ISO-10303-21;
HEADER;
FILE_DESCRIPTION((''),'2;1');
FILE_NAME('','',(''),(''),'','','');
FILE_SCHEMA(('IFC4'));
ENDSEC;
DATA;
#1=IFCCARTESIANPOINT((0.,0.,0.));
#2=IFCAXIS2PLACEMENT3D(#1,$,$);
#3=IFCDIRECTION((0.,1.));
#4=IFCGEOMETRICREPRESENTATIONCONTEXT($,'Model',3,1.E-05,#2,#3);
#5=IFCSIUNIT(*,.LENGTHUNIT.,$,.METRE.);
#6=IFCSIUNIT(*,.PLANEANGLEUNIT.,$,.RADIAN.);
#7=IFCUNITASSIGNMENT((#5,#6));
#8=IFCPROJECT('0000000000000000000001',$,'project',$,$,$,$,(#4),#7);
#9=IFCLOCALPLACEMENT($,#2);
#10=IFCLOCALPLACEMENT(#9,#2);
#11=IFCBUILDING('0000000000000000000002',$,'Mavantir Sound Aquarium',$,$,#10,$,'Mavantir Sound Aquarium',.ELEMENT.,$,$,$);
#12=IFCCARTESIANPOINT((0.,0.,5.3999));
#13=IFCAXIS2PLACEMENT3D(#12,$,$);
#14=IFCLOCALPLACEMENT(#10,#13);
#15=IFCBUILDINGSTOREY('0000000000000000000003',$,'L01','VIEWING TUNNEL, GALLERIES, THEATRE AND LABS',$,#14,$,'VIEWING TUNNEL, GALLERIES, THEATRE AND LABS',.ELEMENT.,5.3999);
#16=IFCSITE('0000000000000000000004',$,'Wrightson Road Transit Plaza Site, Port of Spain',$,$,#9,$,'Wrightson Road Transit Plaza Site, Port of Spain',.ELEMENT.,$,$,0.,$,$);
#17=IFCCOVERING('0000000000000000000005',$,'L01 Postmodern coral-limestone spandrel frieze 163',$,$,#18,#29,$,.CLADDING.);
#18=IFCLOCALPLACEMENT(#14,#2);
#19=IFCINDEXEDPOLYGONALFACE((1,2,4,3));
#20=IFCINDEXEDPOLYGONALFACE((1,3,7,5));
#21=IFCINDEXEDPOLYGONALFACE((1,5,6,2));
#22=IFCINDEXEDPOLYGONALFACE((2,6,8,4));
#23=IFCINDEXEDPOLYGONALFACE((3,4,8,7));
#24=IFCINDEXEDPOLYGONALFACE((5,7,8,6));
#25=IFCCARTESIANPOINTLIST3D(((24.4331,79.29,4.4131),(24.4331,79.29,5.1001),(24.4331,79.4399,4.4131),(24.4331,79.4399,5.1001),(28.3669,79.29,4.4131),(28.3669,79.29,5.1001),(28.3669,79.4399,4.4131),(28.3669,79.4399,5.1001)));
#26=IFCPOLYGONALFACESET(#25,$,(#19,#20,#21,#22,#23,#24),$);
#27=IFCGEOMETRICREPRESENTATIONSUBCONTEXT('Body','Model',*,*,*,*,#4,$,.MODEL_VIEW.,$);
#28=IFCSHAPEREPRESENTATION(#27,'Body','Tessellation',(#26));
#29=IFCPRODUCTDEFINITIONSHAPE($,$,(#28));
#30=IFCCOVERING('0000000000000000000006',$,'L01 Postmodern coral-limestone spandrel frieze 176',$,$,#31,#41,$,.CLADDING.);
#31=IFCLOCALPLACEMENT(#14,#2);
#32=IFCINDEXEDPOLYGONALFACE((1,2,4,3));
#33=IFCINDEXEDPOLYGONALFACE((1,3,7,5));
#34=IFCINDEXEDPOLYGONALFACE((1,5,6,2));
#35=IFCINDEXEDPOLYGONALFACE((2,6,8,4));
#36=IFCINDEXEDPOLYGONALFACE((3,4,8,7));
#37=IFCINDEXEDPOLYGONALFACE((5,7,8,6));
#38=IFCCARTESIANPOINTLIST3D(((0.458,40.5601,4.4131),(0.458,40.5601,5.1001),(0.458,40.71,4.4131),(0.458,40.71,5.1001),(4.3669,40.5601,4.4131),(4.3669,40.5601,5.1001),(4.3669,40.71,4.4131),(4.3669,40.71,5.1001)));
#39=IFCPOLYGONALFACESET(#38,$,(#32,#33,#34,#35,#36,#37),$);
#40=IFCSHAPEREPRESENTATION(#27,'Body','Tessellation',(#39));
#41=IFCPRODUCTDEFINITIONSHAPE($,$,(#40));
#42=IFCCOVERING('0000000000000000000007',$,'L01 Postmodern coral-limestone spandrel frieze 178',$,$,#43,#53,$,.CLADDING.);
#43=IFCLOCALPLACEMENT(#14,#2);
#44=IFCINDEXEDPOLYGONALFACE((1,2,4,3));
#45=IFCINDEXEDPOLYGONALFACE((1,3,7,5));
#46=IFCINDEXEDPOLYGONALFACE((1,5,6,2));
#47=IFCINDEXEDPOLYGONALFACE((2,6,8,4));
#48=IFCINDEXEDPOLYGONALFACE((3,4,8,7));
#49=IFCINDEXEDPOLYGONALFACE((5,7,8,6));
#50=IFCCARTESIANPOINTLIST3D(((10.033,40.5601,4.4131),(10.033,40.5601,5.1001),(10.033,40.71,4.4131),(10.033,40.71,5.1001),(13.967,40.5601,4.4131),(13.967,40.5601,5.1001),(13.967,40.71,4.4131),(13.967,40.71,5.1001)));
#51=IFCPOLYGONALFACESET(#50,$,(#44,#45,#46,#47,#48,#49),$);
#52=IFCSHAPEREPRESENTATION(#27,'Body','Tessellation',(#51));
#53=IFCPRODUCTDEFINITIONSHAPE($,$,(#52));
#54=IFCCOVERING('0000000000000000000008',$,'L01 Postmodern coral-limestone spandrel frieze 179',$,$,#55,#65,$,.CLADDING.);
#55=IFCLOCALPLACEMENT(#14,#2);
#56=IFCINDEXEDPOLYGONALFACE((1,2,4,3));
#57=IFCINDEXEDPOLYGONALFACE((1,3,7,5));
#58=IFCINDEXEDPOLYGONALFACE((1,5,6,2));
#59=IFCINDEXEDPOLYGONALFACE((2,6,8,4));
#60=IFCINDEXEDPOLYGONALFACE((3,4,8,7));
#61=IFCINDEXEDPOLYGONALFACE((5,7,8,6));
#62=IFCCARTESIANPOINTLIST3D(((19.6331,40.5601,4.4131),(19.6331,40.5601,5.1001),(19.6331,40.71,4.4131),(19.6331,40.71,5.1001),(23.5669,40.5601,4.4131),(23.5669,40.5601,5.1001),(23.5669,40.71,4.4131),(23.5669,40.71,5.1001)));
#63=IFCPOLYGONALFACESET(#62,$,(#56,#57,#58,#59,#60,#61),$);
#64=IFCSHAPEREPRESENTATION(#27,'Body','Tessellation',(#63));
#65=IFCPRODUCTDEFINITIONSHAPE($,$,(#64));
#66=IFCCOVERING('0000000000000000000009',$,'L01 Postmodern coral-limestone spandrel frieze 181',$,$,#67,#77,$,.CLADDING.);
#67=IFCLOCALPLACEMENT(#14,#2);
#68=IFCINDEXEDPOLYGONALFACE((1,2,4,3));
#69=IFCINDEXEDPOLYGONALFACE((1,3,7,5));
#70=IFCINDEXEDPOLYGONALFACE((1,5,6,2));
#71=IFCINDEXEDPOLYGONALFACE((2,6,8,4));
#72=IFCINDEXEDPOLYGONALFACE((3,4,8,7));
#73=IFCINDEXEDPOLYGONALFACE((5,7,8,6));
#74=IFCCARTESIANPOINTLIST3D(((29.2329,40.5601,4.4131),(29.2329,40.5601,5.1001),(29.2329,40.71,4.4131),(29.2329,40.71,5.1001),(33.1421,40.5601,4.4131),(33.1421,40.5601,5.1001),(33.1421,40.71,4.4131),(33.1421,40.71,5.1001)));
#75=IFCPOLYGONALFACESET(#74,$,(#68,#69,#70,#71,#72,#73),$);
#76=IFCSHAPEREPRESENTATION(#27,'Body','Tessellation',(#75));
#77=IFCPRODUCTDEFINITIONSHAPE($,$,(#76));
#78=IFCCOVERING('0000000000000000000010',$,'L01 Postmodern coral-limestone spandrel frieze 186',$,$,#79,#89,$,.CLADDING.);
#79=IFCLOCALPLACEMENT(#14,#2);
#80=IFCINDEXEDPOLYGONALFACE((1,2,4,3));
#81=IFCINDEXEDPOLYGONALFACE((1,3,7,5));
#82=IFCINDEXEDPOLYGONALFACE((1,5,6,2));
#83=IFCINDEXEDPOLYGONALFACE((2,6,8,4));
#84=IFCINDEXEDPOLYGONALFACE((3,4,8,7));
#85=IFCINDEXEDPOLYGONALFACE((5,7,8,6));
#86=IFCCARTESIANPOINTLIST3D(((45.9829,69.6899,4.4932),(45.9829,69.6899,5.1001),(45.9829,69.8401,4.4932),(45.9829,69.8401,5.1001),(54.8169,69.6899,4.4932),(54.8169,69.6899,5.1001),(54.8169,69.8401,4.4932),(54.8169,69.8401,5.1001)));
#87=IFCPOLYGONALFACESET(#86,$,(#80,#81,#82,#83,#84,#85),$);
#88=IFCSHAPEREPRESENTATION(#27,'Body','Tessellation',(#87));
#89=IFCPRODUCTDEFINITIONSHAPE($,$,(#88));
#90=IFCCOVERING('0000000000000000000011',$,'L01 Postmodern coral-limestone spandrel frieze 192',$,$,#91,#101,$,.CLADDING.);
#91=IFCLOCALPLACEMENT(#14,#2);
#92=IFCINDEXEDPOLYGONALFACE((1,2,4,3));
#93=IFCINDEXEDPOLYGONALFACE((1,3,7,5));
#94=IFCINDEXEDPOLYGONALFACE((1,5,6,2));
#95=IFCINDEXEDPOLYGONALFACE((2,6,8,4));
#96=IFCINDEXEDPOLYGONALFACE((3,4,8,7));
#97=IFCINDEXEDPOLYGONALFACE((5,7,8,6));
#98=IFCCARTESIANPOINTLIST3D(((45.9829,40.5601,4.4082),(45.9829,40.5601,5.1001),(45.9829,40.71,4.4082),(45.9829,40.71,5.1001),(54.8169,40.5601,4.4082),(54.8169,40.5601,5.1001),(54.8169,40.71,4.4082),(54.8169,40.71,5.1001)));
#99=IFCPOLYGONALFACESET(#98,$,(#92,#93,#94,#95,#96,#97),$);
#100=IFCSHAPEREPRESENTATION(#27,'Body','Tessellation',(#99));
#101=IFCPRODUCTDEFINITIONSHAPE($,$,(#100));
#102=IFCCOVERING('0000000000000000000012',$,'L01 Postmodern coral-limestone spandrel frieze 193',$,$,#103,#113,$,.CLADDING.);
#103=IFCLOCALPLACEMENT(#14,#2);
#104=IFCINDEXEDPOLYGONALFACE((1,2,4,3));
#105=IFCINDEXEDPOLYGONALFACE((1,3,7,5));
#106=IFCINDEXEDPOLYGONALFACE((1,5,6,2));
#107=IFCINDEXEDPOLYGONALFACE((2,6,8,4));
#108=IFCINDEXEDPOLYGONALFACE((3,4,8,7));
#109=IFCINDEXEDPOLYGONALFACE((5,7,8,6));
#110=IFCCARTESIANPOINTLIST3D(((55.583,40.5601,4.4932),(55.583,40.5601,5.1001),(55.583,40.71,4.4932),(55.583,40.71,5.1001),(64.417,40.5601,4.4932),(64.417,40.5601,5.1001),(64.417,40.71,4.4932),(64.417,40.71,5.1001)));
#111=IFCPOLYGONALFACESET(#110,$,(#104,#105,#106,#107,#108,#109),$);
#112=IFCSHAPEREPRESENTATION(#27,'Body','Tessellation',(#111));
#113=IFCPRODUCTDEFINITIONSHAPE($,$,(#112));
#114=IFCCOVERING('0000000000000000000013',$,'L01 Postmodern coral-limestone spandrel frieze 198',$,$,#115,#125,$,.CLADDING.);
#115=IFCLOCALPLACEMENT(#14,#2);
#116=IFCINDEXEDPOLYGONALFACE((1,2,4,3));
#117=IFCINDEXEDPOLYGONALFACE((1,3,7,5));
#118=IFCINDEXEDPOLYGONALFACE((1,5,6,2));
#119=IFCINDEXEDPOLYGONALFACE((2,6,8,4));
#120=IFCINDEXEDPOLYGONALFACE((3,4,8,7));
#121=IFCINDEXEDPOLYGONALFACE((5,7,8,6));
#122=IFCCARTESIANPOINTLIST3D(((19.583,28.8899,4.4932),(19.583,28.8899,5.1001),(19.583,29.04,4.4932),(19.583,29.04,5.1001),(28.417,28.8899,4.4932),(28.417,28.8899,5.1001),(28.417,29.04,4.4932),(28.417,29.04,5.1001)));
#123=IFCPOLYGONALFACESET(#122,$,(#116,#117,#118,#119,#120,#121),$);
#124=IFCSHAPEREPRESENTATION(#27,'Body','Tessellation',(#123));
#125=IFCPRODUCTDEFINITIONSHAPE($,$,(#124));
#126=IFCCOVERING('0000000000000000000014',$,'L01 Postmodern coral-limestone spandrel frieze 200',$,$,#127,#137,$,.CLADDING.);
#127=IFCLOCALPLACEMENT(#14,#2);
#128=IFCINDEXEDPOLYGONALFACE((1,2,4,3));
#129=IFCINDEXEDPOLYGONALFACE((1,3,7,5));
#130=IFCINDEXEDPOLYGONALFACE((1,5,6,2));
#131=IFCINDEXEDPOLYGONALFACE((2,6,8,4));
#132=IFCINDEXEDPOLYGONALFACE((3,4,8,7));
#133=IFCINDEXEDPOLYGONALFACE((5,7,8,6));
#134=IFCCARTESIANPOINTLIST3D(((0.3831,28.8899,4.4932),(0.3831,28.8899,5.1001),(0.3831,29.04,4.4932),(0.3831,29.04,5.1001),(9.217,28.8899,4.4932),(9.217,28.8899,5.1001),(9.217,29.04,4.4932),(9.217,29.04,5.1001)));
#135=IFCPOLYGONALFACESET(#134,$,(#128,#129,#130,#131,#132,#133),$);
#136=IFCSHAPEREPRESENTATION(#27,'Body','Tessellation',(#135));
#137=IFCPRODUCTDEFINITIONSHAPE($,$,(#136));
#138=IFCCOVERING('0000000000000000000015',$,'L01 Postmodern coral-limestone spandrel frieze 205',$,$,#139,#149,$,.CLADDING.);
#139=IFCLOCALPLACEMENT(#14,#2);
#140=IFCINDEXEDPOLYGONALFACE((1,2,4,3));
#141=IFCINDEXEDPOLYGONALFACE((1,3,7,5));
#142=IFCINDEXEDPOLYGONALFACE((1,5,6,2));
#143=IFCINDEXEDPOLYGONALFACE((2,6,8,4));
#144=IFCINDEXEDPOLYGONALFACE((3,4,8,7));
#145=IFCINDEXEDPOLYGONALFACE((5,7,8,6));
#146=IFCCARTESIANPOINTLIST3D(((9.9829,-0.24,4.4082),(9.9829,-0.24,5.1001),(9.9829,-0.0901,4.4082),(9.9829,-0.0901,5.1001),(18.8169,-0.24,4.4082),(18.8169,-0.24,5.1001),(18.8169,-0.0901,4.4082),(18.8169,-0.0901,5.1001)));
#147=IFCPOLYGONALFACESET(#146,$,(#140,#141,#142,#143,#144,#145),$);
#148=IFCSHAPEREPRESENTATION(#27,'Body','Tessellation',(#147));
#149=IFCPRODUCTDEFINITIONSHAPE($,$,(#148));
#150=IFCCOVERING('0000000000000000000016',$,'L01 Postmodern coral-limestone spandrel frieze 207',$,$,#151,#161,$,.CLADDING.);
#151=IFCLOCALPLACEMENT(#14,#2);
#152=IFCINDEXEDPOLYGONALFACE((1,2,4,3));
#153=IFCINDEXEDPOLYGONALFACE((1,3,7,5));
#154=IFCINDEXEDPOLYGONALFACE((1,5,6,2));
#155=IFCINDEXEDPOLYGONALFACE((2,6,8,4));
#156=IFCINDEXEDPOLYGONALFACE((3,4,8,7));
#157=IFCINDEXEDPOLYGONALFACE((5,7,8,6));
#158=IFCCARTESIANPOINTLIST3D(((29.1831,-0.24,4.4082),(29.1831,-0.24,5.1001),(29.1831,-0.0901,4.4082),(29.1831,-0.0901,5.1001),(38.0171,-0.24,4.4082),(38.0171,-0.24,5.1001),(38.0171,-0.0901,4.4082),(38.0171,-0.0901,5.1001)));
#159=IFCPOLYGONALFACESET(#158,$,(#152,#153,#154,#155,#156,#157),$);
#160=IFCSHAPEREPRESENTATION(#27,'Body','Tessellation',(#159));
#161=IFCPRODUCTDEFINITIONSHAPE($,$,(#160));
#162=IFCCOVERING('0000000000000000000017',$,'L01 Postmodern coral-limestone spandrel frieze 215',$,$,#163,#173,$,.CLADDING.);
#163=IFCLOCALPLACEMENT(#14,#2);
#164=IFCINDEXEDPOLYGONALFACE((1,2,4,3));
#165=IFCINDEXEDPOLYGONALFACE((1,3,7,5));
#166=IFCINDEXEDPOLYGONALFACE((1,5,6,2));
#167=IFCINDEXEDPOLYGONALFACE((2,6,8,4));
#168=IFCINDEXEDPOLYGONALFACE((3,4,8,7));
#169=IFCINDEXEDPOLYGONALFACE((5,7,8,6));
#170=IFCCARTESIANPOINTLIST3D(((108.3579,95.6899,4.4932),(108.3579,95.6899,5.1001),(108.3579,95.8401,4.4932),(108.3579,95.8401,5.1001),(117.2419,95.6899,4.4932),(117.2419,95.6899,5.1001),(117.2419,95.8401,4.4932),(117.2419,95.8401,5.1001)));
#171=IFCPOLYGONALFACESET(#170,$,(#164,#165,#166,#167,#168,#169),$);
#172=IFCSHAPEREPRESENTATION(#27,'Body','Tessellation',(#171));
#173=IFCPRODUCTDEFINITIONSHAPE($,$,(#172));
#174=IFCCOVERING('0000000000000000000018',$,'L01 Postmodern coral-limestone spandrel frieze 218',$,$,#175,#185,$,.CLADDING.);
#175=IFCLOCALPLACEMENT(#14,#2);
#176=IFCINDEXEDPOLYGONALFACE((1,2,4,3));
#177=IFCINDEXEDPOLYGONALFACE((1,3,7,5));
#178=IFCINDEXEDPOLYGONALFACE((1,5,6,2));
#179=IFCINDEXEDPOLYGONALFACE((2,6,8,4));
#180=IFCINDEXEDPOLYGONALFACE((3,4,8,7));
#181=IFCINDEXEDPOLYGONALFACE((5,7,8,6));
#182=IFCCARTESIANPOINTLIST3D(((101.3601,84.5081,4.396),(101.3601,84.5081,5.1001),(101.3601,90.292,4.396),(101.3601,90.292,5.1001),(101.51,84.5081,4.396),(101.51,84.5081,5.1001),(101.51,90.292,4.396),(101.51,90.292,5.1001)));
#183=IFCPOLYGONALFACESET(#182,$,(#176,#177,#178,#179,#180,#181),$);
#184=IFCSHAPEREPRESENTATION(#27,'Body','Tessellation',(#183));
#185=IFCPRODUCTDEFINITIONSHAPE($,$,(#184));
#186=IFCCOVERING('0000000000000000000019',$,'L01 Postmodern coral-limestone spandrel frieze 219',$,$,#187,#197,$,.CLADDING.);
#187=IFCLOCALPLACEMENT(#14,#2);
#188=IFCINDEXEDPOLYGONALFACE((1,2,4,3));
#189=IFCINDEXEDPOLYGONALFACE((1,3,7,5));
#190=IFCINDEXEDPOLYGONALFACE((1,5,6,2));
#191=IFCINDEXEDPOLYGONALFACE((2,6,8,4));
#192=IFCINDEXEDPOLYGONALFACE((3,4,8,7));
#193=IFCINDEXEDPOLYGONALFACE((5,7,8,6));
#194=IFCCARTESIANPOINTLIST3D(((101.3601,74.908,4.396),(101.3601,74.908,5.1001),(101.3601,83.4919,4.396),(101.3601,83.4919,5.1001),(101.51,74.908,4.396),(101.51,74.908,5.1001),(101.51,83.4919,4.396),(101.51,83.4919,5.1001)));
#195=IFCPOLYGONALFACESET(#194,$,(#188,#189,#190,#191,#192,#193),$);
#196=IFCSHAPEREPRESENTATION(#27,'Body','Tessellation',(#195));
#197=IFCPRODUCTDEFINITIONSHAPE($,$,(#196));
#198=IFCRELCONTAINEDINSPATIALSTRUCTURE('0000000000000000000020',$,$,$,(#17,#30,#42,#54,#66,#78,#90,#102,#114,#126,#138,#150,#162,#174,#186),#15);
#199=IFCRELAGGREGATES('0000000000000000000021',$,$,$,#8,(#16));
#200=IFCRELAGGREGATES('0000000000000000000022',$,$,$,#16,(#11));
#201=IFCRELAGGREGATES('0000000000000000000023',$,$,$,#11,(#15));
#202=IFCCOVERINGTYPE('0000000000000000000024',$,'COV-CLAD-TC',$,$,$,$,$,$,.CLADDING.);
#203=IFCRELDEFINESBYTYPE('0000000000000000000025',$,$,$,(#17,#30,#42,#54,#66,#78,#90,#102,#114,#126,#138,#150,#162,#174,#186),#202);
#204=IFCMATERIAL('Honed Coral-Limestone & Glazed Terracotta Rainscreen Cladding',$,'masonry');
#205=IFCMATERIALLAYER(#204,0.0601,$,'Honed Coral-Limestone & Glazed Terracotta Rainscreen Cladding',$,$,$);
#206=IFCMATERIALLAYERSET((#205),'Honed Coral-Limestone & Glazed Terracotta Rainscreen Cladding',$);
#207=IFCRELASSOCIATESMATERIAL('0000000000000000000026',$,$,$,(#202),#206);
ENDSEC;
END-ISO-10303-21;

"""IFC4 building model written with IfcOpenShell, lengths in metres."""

from ifc_helpers import new_model, si_unit, direction, frame, origin, place, context, subcontext, project, spatial, polyline, outline, extrude, material, layer, layer_set, type_object, element, save


model = new_model("IFC4")

# Units and contexts
model_context = context("Model", 3, precision=1e-05, world=origin(), true_north=direction((0.0, 1.0)))
body_context = subcontext(model_context, "Body", "Model", "MODEL_VIEW")
ifc_project = project(units=[si_unit("LENGTHUNIT", "METRE"), si_unit("PLANEANGLEUNIT", "RADIAN")], contexts=[model_context])

# Site, building, storey
site_placement = place(None, origin())
site = spatial("IfcSite", under=ifc_project, at=site_placement, Name="Wrightson Road Transit Plaza Site, Port of Spain", LongName="Wrightson Road Transit Plaza Site, Port of Spain", CompositionType="ELEMENT", RefElevation=0.0)
building_placement = place(site_placement, origin())
building = spatial("IfcBuilding", under=site, at=building_placement, Name="Mavantir Sound Aquarium", LongName="Mavantir Sound Aquarium", CompositionType="ELEMENT")
storey_placement = place(building_placement, frame((0.0, 0.0, 5.3999)))
storey = spatial("IfcBuildingStorey", under=building, at=storey_placement, Name="L01", Description="VIEWING TUNNEL, GALLERIES, THEATRE AND LABS", LongName="VIEWING TUNNEL, GALLERIES, THEATRE AND LABS", CompositionType="ELEMENT", Elevation=5.3999)

# Coverings
ifc_material = material(Name="Honed Coral-Limestone & Glazed Terracotta Rainscreen Cladding", Category="masonry")
ifc_layer = layer(ifc_material, 0.0601, Name="Honed Coral-Limestone & Glazed Terracotta Rainscreen Cladding")
ifc_layer_set = layer_set([ifc_layer], Name="Honed Coral-Limestone & Glazed Terracotta Rainscreen Cladding")
covering_type = type_object("IfcCoveringType", Name="COV-CLAD-TC", PredefinedType="CLADDING", material=ifc_layer_set)
covering_1_placement = place(storey_placement, frame((0.0, 0.0, 4.4131)))
element("IfcCovering", 1, at=covering_1_placement, inside=storey, type_object=covering_type, Name="L01 Postmodern coral-limestone spandrel frieze 163", PredefinedType="CLADDING", context=body_context, shape_type="SweptSolid", body=[
    extrude(outline(polyline([(28.3669, 79.29), (24.4331, 79.29), (24.4331, 79.4399), (28.3669, 79.4399), (28.3669, 79.29)])), origin(), (0.0, 0.0, 1.0), 0.687),
])
covering_2_placement = place(storey_placement, frame((0.0, 0.0, 4.4131)))
element("IfcCovering", 2, at=covering_2_placement, inside=storey, type_object=covering_type, Name="L01 Postmodern coral-limestone spandrel frieze 176", PredefinedType="CLADDING", context=body_context, shape_type="SweptSolid", body=[
    extrude(outline(polyline([(0.458, 40.71), (4.3669, 40.71), (4.3669, 40.5601), (0.458, 40.5601), (0.458, 40.71)])), origin(), (0.0, 0.0, 1.0), 0.687),
])
covering_3_placement = place(storey_placement, frame((0.0, 0.0, 4.4131)))
element("IfcCovering", 3, at=covering_3_placement, inside=storey, type_object=covering_type, Name="L01 Postmodern coral-limestone spandrel frieze 178", PredefinedType="CLADDING", context=body_context, shape_type="SweptSolid", body=[
    extrude(outline(polyline([(10.033, 40.71), (13.967, 40.71), (13.967, 40.5601), (10.033, 40.5601), (10.033, 40.71)])), origin(), (0.0, 0.0, 1.0), 0.687),
])
covering_4_placement = place(storey_placement, frame((0.0, 0.0, 4.4131)))
element("IfcCovering", 4, at=covering_4_placement, inside=storey, type_object=covering_type, Name="L01 Postmodern coral-limestone spandrel frieze 179", PredefinedType="CLADDING", context=body_context, shape_type="SweptSolid", body=[
    extrude(outline(polyline([(19.6331, 40.71), (23.5669, 40.71), (23.5669, 40.5601), (19.6331, 40.5601), (19.6331, 40.71)])), origin(), (0.0, 0.0, 1.0), 0.687),
])
covering_5_placement = place(storey_placement, frame((0.0, 0.0, 4.4131)))
element("IfcCovering", 5, at=covering_5_placement, inside=storey, type_object=covering_type, Name="L01 Postmodern coral-limestone spandrel frieze 181", PredefinedType="CLADDING", context=body_context, shape_type="SweptSolid", body=[
    extrude(outline(polyline([(29.2329, 40.71), (33.1421, 40.71), (33.1421, 40.5601), (29.2329, 40.5601), (29.2329, 40.71)])), origin(), (0.0, 0.0, 1.0), 0.687),
])
covering_6_placement = place(storey_placement, frame((0.0, 0.0, 4.4932)))
element("IfcCovering", 6, at=covering_6_placement, inside=storey, type_object=covering_type, Name="L01 Postmodern coral-limestone spandrel frieze 186", PredefinedType="CLADDING", context=body_context, shape_type="SweptSolid", body=[
    extrude(outline(polyline([(54.8169, 69.6899), (45.9829, 69.6899), (45.9829, 69.8401), (54.8169, 69.8401), (54.8169, 69.6899)])), origin(), (0.0, 0.0, 1.0), 0.6069),
])
covering_7_placement = place(storey_placement, frame((0.0, 0.0, 4.4082)))
element("IfcCovering", 7, at=covering_7_placement, inside=storey, type_object=covering_type, Name="L01 Postmodern coral-limestone spandrel frieze 192", PredefinedType="CLADDING", context=body_context, shape_type="SweptSolid", body=[
    extrude(outline(polyline([(45.9829, 40.71), (54.8169, 40.71), (54.8169, 40.5601), (45.9829, 40.5601), (45.9829, 40.71)])), origin(), (0.0, 0.0, 1.0), 0.6919),
])
covering_8_placement = place(storey_placement, frame((0.0, 0.0, 4.4932)))
element("IfcCovering", 8, at=covering_8_placement, inside=storey, type_object=covering_type, Name="L01 Postmodern coral-limestone spandrel frieze 193", PredefinedType="CLADDING", context=body_context, shape_type="SweptSolid", body=[
    extrude(outline(polyline([(55.583, 40.71), (64.417, 40.71), (64.417, 40.5601), (55.583, 40.5601), (55.583, 40.71)])), origin(), (0.0, 0.0, 1.0), 0.6069),
])
covering_9_placement = place(storey_placement, frame((0.0, 0.0, 4.4932)))
element("IfcCovering", 9, at=covering_9_placement, inside=storey, type_object=covering_type, Name="L01 Postmodern coral-limestone spandrel frieze 198", PredefinedType="CLADDING", context=body_context, shape_type="SweptSolid", body=[
    extrude(outline(polyline([(28.417, 28.8899), (19.583, 28.8899), (19.583, 29.04), (28.417, 29.04), (28.417, 28.8899)])), origin(), (0.0, 0.0, 1.0), 0.6069),
])
covering_10_placement = place(storey_placement, frame((0.0, 0.0, 4.4932)))
element("IfcCovering", 10, at=covering_10_placement, inside=storey, type_object=covering_type, Name="L01 Postmodern coral-limestone spandrel frieze 200", PredefinedType="CLADDING", context=body_context, shape_type="SweptSolid", body=[
    extrude(outline(polyline([(9.217, 28.8899), (0.3831, 28.8899), (0.3831, 29.04), (9.217, 29.04), (9.217, 28.8899)])), origin(), (0.0, 0.0, 1.0), 0.6069),
])
covering_11_placement = place(storey_placement, frame((0.0, 0.0, 4.4082)))
element("IfcCovering", 11, at=covering_11_placement, inside=storey, type_object=covering_type, Name="L01 Postmodern coral-limestone spandrel frieze 205", PredefinedType="CLADDING", context=body_context, shape_type="SweptSolid", body=[
    extrude(outline(polyline([(9.9829, -0.0901), (18.8169, -0.0901), (18.8169, -0.24), (9.9829, -0.24), (9.9829, -0.0901)])), origin(), (0.0, 0.0, 1.0), 0.6919),
])
covering_12_placement = place(storey_placement, frame((0.0, 0.0, 4.4082)))
element("IfcCovering", 12, at=covering_12_placement, inside=storey, type_object=covering_type, Name="L01 Postmodern coral-limestone spandrel frieze 207", PredefinedType="CLADDING", context=body_context, shape_type="SweptSolid", body=[
    extrude(outline(polyline([(29.1831, -0.0901), (38.0171, -0.0901), (38.0171, -0.24), (29.1831, -0.24), (29.1831, -0.0901)])), origin(), (0.0, 0.0, 1.0), 0.6919),
])
covering_13_placement = place(storey_placement, frame((0.0, 0.0, 4.4932)))
element("IfcCovering", 13, at=covering_13_placement, inside=storey, type_object=covering_type, Name="L01 Postmodern coral-limestone spandrel frieze 215", PredefinedType="CLADDING", context=body_context, shape_type="SweptSolid", body=[
    extrude(outline(polyline([(117.2419, 95.6899), (108.3579, 95.6899), (108.3579, 95.8401), (117.2419, 95.8401), (117.2419, 95.6899)])), origin(), (0.0, 0.0, 1.0), 0.6069),
])
covering_14_placement = place(storey_placement, frame((0.0, 0.0, 4.396)))
element("IfcCovering", 14, at=covering_14_placement, inside=storey, type_object=covering_type, Name="L01 Postmodern coral-limestone spandrel frieze 218", PredefinedType="CLADDING", context=body_context, shape_type="SweptSolid", body=[
    extrude(outline(polyline([(101.51, 90.292), (101.51, 84.5081), (101.3601, 84.5081), (101.3601, 90.292), (101.51, 90.292)])), origin(), (0.0, 0.0, 1.0), 0.7041),
])
covering_15_placement = place(storey_placement, frame((0.0, 0.0, 4.396)))
element("IfcCovering", 15, at=covering_15_placement, inside=storey, type_object=covering_type, Name="L01 Postmodern coral-limestone spandrel frieze 219", PredefinedType="CLADDING", context=body_context, shape_type="SweptSolid", body=[
    extrude(outline(polyline([(101.51, 83.4919), (101.51, 74.908), (101.3601, 74.908), (101.3601, 83.4919), (101.51, 83.4919)])), origin(), (0.0, 0.0, 1.0), 0.7041),
])

save(model, "model.ifc")
